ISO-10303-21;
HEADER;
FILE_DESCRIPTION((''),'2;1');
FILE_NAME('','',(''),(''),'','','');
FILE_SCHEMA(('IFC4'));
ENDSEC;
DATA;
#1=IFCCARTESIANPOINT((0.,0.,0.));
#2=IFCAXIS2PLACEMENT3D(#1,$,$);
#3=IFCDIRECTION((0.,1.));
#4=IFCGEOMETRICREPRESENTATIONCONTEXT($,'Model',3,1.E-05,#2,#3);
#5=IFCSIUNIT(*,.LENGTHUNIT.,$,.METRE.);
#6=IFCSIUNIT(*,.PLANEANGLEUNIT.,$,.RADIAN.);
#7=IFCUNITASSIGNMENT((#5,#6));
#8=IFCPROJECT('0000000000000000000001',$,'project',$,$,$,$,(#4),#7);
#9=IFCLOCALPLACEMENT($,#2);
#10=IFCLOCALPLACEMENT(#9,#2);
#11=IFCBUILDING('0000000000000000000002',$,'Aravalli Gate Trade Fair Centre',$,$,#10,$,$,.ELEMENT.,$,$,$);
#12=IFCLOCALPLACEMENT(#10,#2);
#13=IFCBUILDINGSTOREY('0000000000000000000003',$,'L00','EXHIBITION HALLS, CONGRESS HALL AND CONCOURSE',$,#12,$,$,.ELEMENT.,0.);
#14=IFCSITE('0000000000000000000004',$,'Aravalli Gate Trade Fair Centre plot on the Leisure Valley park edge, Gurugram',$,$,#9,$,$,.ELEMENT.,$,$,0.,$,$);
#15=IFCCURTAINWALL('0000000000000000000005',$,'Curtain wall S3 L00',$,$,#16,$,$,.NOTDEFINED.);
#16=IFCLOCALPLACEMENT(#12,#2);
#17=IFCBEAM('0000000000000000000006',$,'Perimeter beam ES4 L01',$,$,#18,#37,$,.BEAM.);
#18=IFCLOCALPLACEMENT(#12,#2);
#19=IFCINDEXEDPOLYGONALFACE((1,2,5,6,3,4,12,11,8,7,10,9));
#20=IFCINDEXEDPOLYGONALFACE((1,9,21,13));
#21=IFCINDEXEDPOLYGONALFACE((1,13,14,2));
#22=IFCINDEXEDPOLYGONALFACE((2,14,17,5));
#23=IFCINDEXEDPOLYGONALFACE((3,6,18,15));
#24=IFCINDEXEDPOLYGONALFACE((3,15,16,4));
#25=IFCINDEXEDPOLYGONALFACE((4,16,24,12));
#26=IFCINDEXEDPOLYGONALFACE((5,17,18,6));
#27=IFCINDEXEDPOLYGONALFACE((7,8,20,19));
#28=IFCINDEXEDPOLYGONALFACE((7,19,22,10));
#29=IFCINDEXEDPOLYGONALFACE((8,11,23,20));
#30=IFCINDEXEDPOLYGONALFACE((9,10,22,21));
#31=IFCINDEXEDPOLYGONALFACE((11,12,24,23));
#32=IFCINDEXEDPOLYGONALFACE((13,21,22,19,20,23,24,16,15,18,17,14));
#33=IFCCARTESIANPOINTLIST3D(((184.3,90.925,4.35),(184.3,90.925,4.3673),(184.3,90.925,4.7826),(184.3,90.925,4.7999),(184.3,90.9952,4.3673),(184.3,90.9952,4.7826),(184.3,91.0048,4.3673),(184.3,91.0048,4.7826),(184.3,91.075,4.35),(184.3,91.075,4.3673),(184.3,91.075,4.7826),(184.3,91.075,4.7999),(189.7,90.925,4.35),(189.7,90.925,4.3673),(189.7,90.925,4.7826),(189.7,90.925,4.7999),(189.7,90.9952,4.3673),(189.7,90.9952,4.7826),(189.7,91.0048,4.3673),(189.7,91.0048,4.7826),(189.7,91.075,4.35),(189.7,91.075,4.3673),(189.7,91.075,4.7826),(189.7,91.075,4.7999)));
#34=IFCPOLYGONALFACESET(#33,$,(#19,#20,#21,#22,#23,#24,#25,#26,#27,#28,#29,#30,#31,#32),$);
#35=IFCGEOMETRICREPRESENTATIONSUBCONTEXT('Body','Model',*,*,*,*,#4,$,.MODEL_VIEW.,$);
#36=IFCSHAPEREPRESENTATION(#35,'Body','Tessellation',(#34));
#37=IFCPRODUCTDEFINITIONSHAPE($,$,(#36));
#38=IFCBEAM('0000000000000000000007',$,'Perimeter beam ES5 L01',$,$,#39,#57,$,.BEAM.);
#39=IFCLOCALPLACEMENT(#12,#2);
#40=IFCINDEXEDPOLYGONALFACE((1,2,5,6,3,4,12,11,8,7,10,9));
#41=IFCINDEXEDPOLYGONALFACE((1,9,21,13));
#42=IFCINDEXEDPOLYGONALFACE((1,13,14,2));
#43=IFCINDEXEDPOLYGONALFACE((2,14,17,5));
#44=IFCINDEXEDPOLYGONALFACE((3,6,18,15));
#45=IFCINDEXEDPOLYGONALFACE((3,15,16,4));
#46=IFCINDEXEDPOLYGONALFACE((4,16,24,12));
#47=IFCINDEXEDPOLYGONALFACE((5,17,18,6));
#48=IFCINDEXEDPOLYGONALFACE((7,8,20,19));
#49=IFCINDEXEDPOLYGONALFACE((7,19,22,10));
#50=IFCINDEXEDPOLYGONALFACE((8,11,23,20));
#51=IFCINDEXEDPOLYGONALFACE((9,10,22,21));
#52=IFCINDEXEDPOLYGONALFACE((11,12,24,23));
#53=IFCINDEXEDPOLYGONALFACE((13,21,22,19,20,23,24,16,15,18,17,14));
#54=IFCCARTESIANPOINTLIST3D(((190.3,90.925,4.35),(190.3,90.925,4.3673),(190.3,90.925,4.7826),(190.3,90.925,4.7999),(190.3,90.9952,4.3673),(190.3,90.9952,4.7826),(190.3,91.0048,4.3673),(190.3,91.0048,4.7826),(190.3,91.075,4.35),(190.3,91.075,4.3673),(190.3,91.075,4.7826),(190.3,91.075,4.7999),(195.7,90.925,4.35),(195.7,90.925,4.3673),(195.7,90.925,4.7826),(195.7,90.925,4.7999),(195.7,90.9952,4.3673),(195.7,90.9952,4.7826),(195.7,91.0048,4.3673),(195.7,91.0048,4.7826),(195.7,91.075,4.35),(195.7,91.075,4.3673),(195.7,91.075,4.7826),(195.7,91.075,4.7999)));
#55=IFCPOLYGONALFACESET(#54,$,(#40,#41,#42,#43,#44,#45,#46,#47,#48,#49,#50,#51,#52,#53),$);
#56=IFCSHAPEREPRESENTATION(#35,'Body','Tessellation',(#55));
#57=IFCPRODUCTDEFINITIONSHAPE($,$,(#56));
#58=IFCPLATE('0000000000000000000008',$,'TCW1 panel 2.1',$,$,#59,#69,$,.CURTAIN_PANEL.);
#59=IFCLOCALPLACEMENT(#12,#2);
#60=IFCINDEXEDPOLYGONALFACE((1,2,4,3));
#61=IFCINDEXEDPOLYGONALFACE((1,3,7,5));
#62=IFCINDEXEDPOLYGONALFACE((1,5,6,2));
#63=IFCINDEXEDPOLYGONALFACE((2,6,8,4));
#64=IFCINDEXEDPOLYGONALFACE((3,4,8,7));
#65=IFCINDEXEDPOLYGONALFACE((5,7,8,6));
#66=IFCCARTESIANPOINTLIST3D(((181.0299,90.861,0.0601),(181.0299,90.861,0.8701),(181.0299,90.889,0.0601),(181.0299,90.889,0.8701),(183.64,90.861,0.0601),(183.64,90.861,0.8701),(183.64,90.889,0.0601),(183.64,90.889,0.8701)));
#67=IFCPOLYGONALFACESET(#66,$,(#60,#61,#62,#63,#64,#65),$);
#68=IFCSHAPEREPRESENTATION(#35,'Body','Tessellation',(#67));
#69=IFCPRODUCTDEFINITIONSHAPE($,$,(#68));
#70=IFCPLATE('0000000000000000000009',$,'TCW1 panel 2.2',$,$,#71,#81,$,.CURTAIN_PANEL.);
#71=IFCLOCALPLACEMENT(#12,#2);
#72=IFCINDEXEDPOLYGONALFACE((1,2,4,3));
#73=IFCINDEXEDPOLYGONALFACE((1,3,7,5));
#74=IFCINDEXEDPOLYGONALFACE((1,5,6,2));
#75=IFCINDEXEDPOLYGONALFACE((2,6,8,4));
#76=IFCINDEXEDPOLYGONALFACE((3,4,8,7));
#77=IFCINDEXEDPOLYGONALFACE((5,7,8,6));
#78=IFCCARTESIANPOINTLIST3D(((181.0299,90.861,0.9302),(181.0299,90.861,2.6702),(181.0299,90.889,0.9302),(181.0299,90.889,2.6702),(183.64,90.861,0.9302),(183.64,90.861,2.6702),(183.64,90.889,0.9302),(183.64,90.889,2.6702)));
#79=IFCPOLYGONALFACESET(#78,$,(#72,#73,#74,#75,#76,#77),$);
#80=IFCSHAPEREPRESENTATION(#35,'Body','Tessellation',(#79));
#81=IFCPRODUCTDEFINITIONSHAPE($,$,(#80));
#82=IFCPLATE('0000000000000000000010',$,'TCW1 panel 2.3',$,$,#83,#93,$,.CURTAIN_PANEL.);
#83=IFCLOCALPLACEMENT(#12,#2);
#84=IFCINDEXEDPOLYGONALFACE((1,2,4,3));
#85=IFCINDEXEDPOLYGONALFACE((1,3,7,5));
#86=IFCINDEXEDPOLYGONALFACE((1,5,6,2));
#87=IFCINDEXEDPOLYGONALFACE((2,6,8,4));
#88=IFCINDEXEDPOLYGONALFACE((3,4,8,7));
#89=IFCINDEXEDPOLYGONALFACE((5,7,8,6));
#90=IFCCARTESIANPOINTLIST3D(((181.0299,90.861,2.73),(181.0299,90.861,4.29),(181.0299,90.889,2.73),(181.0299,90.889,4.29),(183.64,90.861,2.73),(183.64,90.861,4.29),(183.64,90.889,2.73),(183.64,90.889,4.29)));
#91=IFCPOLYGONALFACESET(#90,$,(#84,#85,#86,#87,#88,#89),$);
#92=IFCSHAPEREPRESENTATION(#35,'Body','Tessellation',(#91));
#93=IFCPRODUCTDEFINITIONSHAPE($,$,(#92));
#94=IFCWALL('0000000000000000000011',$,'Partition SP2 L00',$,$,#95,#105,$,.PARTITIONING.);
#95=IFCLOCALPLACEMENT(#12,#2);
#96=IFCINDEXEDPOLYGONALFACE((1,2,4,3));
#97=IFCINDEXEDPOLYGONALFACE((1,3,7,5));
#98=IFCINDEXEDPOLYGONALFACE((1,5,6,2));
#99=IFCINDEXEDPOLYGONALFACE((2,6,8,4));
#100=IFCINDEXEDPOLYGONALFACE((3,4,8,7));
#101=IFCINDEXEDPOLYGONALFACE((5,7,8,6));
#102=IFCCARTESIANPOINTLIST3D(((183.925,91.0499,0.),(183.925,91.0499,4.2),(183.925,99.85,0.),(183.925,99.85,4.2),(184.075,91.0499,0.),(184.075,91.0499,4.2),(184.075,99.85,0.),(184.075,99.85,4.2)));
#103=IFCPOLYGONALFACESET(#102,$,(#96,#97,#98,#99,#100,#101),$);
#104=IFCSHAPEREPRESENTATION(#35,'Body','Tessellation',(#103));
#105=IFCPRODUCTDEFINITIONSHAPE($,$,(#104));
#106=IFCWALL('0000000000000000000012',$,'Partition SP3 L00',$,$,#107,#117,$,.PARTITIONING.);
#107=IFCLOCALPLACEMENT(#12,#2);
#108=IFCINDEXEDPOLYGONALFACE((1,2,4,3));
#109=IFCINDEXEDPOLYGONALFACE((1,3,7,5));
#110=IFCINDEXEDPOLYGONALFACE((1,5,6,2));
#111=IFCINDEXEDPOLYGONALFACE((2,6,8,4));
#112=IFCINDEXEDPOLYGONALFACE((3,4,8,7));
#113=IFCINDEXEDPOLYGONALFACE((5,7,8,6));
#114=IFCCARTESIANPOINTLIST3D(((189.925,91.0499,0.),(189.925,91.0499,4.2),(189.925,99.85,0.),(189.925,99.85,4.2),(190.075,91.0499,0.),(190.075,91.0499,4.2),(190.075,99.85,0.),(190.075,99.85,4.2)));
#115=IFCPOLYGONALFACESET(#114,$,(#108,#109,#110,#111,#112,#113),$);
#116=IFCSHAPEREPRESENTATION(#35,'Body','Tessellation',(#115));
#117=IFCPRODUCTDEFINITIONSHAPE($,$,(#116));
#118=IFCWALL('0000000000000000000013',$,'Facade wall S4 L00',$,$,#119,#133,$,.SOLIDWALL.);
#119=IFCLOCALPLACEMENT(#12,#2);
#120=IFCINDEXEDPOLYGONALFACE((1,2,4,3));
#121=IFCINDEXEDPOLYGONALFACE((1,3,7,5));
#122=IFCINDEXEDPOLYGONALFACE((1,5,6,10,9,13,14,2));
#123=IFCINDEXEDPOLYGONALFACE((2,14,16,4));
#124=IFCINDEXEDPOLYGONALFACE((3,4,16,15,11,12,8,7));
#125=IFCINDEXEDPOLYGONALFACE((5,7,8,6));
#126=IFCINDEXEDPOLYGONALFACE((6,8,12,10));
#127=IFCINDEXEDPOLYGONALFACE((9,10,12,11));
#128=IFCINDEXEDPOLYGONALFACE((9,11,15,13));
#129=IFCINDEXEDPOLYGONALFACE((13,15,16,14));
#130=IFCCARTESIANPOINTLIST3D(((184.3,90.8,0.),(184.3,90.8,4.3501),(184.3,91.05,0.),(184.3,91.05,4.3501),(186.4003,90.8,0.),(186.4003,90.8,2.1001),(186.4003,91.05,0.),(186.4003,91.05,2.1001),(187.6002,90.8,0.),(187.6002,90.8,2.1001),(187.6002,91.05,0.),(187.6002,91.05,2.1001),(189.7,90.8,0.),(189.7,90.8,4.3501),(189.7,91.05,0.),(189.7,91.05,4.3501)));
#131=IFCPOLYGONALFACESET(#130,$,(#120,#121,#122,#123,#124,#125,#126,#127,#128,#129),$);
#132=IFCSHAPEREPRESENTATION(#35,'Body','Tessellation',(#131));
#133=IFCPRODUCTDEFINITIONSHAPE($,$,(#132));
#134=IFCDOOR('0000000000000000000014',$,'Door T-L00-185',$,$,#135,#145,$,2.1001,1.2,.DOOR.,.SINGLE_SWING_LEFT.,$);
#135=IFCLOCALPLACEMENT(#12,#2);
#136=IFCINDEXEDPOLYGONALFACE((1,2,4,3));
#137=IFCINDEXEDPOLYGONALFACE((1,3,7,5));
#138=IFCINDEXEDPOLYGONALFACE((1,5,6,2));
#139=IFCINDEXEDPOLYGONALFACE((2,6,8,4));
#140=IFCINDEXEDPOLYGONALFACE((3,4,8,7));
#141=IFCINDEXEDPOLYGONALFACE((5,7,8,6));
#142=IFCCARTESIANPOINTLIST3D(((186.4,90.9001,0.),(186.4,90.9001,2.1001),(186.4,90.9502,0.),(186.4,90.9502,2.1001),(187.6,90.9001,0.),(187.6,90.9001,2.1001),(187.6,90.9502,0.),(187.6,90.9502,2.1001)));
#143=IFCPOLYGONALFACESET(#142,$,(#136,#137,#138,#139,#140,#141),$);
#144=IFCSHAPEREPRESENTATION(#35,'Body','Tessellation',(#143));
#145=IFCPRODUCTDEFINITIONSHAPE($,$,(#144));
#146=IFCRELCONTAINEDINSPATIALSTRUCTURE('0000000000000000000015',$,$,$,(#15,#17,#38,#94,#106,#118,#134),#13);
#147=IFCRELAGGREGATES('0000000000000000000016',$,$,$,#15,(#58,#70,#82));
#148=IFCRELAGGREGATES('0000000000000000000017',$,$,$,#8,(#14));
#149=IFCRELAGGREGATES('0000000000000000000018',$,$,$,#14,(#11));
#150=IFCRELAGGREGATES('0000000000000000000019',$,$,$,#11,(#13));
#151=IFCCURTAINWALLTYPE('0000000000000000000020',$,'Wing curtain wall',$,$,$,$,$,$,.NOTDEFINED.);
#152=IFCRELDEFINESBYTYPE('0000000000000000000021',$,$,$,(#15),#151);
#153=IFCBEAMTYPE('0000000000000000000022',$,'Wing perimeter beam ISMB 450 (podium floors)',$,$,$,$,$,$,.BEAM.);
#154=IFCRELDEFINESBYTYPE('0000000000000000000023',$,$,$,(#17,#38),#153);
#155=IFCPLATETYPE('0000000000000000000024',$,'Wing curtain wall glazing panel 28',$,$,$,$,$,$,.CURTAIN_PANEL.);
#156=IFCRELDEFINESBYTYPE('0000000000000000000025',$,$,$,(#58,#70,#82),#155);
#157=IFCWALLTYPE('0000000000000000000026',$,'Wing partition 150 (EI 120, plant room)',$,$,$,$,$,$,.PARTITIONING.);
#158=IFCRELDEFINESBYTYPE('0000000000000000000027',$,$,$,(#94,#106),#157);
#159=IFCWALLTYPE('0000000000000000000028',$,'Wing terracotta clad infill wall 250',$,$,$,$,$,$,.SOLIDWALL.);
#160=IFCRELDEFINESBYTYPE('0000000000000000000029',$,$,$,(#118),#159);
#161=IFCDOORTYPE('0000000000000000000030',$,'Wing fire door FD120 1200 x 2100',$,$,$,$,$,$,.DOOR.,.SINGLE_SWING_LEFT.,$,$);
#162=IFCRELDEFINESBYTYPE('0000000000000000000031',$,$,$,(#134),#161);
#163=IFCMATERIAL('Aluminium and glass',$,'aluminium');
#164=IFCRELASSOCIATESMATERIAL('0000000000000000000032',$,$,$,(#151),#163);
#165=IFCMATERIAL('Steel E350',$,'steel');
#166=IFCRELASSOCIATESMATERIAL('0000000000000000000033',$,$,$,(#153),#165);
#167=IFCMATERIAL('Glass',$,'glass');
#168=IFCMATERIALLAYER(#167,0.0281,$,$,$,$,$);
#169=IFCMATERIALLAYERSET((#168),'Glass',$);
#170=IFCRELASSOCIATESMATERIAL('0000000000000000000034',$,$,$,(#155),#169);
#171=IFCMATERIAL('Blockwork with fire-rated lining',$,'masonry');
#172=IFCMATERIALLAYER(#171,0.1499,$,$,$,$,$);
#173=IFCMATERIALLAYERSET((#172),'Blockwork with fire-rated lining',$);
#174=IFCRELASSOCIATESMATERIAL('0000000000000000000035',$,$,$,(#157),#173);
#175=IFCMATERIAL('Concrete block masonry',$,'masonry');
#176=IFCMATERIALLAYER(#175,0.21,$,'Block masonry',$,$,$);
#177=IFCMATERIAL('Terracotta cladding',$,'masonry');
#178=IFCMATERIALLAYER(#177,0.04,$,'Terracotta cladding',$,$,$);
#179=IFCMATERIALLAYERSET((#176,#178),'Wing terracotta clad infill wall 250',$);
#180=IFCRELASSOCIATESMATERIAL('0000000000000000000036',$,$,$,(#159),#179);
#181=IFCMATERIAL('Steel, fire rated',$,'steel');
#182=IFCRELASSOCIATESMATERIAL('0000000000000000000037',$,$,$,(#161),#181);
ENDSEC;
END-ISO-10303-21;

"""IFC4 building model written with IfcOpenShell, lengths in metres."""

from ifc_helpers import new_model, si_unit, direction, frame, frame_2d, origin, origin_2d, place, context, subcontext, project, spatial, rectangle, i_section, extrude, material, layer, layer_set, material_profile, profile_set, type_object, element, fill, aggregate, save


model = new_model("IFC4")

# Units and contexts
model_context = context("Model", 3, precision=1e-05, world=origin(), true_north=direction((0.0, 1.0)))
body_context = subcontext(model_context, "Body", "Model", "MODEL_VIEW")
ifc_project = project(units=[si_unit("LENGTHUNIT", "METRE"), si_unit("PLANEANGLEUNIT", "RADIAN")], contexts=[model_context])

# Site, building, storey
site_placement = place(None, origin())
site = spatial("IfcSite", under=ifc_project, at=site_placement, Name="Aravalli Gate Trade Fair Centre plot on the Leisure Valley park edge, Gurugram", CompositionType="ELEMENT", RefElevation=0.0)
building_placement = place(site_placement, origin())
building = spatial("IfcBuilding", under=site, at=building_placement, Name="Aravalli Gate Trade Fair Centre", CompositionType="ELEMENT")
storey_placement = place(building_placement, origin())
storey = spatial("IfcBuildingStorey", under=building, at=storey_placement, Name="L00", Description="EXHIBITION HALLS, CONGRESS HALL AND CONCOURSE", CompositionType="ELEMENT", Elevation=0.0)

# Shared definitions
ifc_material_1 = material(Name="Steel E350", Category="steel")

# Curtain wall
ifc_material_2 = material(Name="Aluminium and glass", Category="aluminium")
curtain_wall_type = type_object("IfcCurtainWallType", Name="Wing curtain wall", PredefinedType="NOTDEFINED", material=ifc_material_2)
curtain_wall_1_placement = place(storey_placement, origin())
curtain_wall_1 = element("IfcCurtainWall", 1, at=curtain_wall_1_placement, inside=storey, type_object=curtain_wall_type, Name="Curtain wall S3 L00", PredefinedType="NOTDEFINED")

# Beams
ifc_material_profile_1 = material_profile(ifc_material_1, i_section(OverallWidth=0.1499, OverallDepth=0.45, WebThickness=0.0095, FlangeThickness=0.0173, at=origin_2d()), Name="ISMB 450")
ifc_profile_set_1 = profile_set([ifc_material_profile_1], Name="Steel E350")
beam_type_1 = type_object("IfcBeamType", Name="Wing perimeter beam ISMB 450 (podium floors)", PredefinedType="BEAM", material=ifc_profile_set_1)
for number, where, z_axis, x_axis, name in (
    (2, (184.3, 91.0, 4.575), (1.0, 0.0, 0.0), (0.0, 1.0, 0.0), "Perimeter beam ES4 L01"),
    (3, (190.3, 91.0, 4.575), (1.0, 0.0, 0.0), (0.0, 1.0, 0.0), "Perimeter beam ES5 L01"),
):
    element("IfcBeam", number, at=place(storey_placement, frame(where, z_axis=z_axis, x_axis=x_axis)), inside=storey, type_object=beam_type_1, Name=name, PredefinedType="BEAM", context=body_context, shape_type="SweptSolid", body=[
        extrude(i_section(OverallWidth=0.1499, OverallDepth=0.45, WebThickness=0.0095, FlangeThickness=0.0173, at=origin_2d()), origin(), (0.0, 0.0, 1.0), 5.3999),
    ])

# Plates
ifc_material_3 = material(Name="Glass", Category="glass")
ifc_layer_1 = layer(ifc_material_3, 0.0281)
ifc_layer_set_1 = layer_set([ifc_layer_1], Name="Glass")
plate_type = type_object("IfcPlateType", Name="Wing curtain wall glazing panel 28", PredefinedType="CURTAIN_PANEL", material=ifc_layer_set_1)
plate_1_placement = place(storey_placement, frame((182.335, 90.875, 0.0601), z_axis=(0.0, 0.0, 1.0), x_axis=(1.0, 0.0, 0.0)))
plate_1 = element("IfcPlate", 4, at=plate_1_placement, type_object=plate_type, Name="TCW1 panel 2.1", PredefinedType="CURTAIN_PANEL", context=body_context, shape_type="SweptSolid", body=[
    extrude(rectangle(XDim=2.6101, YDim=0.0281, at=origin_2d()), origin(), (0.0, 0.0, 1.0), 0.8101),
])
plate_2_placement = place(storey_placement, frame((182.335, 90.875, 0.9302), z_axis=(0.0, 0.0, 1.0), x_axis=(1.0, 0.0, 0.0)))
plate_2 = element("IfcPlate", 5, at=plate_2_placement, type_object=plate_type, Name="TCW1 panel 2.2", PredefinedType="CURTAIN_PANEL", context=body_context, shape_type="SweptSolid", body=[
    extrude(rectangle(XDim=2.6101, YDim=0.0281, at=origin_2d()), origin(), (0.0, 0.0, 1.0), 1.74),
])
plate_3_placement = place(storey_placement, frame((182.335, 90.875, 2.73), z_axis=(0.0, 0.0, 1.0), x_axis=(1.0, 0.0, 0.0)))
plate_3 = element("IfcPlate", 6, at=plate_3_placement, type_object=plate_type, Name="TCW1 panel 2.3", PredefinedType="CURTAIN_PANEL", context=body_context, shape_type="SweptSolid", body=[
    extrude(rectangle(XDim=2.6101, YDim=0.0281, at=origin_2d()), origin(), (0.0, 0.0, 1.0), 1.5601),
])
aggregate(curtain_wall_1, [plate_1, plate_2, plate_3])

# Walls
ifc_material_4 = material(Name="Blockwork with fire-rated lining", Category="masonry")
ifc_layer_2 = layer(ifc_material_4, 0.1499)
ifc_layer_set_2 = layer_set([ifc_layer_2], Name="Blockwork with fire-rated lining")
wall_type_1 = type_object("IfcWallType", Name="Wing partition 150 (EI 120, plant room)", PredefinedType="PARTITIONING", material=ifc_layer_set_2)
for number, where, z_axis, x_axis, name in (
    (7, (184.0, 91.05, 0.0), (0.0, 0.0, 1.0), (0.0, 1.0, 0.0), "Partition SP2 L00"),
    (8, (190.0, 91.05, 0.0), (0.0, 0.0, 1.0), (0.0, 1.0, 0.0), "Partition SP3 L00"),
):
    element("IfcWall", number, at=place(storey_placement, frame(where, z_axis=z_axis, x_axis=x_axis)), inside=storey, type_object=wall_type_1, Name=name, PredefinedType="PARTITIONING", context=body_context, shape_type="SweptSolid", body=[
        extrude(rectangle(XDim=8.8, YDim=0.1499, at=frame_2d((4.3999, 0.0))), origin(), (0.0, 0.0, 1.0), 4.2),
    ])

# Wall, opening, door
ifc_material_5 = material(Name="Concrete block masonry", Category="masonry")
ifc_layer_3 = layer(ifc_material_5, 0.21, Name="Block masonry")
ifc_material_6 = material(Name="Terracotta cladding", Category="masonry")
ifc_layer_4 = layer(ifc_material_6, 0.04, Name="Terracotta cladding")
ifc_layer_set_3 = layer_set([ifc_layer_3, ifc_layer_4], Name="Wing terracotta clad infill wall 250")
wall_type_2 = type_object("IfcWallType", Name="Wing terracotta clad infill wall 250", PredefinedType="SOLIDWALL", material=ifc_layer_set_3)
wall_placement = place(storey_placement, frame((184.3, 90.925, 0.0), z_axis=(0.0, 0.0, 1.0), x_axis=(1.0, 0.0, 0.0)))
wall = element("IfcWall", 9, at=wall_placement, inside=storey, type_object=wall_type_2, Name="Facade wall S4 L00", PredefinedType="SOLIDWALL", context=body_context, shape_type="SweptSolid", body=[
    extrude(rectangle(XDim=5.3999, YDim=0.25, at=frame_2d((2.7, 0.0))), origin(), (0.0, 0.0, 1.0), 4.3501),
])
opening_placement = place(wall_placement, frame((2.1001, 0.0, 0.0)))
opening = element("IfcOpeningElement", 10, at=opening_placement, cuts=wall, PredefinedType="OPENING", context=body_context, shape_type="SweptSolid", body=[
    extrude(rectangle(XDim=1.2, YDim=2.1001, at=frame_2d((0.6001, 1.05))), frame((0.0, 0.135, 0.0), z_axis=(0.0, -1.0, 0.0), x_axis=(1.0, 0.0, 0.0)), (0.0, 0.0, 1.0), 0.27),
])
ifc_material_7 = material(Name="Steel, fire rated", Category="steel")
door_type = type_object("IfcDoorType", Name="Wing fire door FD120 1200 x 2100", OperationType="SINGLE_SWING_LEFT", PredefinedType="DOOR", material=ifc_material_7)
door_placement = place(opening_placement, frame((1.2, 0.0, 0.0), z_axis=(0.0, 0.0, 1.0), x_axis=(-1.0, 0.0, 0.0)))
door = element("IfcDoor", 11, at=door_placement, inside=storey, type_object=door_type, Name="Door T-L00-185", OperationType="SINGLE_SWING_LEFT", OverallHeight=2.1001, OverallWidth=1.2, PredefinedType="DOOR", context=body_context, shape_type="SweptSolid", body=[
    extrude(rectangle(XDim=1.2, YDim=2.1001, at=frame_2d((0.6001, 1.05))), frame((0.0, 0.0249, 0.0), z_axis=(0.0, -1.0, 0.0), x_axis=(1.0, 0.0, 0.0)), (0.0, 0.0, 1.0), 0.05),
])
fill(opening, door)

save(model, "model.ifc")
